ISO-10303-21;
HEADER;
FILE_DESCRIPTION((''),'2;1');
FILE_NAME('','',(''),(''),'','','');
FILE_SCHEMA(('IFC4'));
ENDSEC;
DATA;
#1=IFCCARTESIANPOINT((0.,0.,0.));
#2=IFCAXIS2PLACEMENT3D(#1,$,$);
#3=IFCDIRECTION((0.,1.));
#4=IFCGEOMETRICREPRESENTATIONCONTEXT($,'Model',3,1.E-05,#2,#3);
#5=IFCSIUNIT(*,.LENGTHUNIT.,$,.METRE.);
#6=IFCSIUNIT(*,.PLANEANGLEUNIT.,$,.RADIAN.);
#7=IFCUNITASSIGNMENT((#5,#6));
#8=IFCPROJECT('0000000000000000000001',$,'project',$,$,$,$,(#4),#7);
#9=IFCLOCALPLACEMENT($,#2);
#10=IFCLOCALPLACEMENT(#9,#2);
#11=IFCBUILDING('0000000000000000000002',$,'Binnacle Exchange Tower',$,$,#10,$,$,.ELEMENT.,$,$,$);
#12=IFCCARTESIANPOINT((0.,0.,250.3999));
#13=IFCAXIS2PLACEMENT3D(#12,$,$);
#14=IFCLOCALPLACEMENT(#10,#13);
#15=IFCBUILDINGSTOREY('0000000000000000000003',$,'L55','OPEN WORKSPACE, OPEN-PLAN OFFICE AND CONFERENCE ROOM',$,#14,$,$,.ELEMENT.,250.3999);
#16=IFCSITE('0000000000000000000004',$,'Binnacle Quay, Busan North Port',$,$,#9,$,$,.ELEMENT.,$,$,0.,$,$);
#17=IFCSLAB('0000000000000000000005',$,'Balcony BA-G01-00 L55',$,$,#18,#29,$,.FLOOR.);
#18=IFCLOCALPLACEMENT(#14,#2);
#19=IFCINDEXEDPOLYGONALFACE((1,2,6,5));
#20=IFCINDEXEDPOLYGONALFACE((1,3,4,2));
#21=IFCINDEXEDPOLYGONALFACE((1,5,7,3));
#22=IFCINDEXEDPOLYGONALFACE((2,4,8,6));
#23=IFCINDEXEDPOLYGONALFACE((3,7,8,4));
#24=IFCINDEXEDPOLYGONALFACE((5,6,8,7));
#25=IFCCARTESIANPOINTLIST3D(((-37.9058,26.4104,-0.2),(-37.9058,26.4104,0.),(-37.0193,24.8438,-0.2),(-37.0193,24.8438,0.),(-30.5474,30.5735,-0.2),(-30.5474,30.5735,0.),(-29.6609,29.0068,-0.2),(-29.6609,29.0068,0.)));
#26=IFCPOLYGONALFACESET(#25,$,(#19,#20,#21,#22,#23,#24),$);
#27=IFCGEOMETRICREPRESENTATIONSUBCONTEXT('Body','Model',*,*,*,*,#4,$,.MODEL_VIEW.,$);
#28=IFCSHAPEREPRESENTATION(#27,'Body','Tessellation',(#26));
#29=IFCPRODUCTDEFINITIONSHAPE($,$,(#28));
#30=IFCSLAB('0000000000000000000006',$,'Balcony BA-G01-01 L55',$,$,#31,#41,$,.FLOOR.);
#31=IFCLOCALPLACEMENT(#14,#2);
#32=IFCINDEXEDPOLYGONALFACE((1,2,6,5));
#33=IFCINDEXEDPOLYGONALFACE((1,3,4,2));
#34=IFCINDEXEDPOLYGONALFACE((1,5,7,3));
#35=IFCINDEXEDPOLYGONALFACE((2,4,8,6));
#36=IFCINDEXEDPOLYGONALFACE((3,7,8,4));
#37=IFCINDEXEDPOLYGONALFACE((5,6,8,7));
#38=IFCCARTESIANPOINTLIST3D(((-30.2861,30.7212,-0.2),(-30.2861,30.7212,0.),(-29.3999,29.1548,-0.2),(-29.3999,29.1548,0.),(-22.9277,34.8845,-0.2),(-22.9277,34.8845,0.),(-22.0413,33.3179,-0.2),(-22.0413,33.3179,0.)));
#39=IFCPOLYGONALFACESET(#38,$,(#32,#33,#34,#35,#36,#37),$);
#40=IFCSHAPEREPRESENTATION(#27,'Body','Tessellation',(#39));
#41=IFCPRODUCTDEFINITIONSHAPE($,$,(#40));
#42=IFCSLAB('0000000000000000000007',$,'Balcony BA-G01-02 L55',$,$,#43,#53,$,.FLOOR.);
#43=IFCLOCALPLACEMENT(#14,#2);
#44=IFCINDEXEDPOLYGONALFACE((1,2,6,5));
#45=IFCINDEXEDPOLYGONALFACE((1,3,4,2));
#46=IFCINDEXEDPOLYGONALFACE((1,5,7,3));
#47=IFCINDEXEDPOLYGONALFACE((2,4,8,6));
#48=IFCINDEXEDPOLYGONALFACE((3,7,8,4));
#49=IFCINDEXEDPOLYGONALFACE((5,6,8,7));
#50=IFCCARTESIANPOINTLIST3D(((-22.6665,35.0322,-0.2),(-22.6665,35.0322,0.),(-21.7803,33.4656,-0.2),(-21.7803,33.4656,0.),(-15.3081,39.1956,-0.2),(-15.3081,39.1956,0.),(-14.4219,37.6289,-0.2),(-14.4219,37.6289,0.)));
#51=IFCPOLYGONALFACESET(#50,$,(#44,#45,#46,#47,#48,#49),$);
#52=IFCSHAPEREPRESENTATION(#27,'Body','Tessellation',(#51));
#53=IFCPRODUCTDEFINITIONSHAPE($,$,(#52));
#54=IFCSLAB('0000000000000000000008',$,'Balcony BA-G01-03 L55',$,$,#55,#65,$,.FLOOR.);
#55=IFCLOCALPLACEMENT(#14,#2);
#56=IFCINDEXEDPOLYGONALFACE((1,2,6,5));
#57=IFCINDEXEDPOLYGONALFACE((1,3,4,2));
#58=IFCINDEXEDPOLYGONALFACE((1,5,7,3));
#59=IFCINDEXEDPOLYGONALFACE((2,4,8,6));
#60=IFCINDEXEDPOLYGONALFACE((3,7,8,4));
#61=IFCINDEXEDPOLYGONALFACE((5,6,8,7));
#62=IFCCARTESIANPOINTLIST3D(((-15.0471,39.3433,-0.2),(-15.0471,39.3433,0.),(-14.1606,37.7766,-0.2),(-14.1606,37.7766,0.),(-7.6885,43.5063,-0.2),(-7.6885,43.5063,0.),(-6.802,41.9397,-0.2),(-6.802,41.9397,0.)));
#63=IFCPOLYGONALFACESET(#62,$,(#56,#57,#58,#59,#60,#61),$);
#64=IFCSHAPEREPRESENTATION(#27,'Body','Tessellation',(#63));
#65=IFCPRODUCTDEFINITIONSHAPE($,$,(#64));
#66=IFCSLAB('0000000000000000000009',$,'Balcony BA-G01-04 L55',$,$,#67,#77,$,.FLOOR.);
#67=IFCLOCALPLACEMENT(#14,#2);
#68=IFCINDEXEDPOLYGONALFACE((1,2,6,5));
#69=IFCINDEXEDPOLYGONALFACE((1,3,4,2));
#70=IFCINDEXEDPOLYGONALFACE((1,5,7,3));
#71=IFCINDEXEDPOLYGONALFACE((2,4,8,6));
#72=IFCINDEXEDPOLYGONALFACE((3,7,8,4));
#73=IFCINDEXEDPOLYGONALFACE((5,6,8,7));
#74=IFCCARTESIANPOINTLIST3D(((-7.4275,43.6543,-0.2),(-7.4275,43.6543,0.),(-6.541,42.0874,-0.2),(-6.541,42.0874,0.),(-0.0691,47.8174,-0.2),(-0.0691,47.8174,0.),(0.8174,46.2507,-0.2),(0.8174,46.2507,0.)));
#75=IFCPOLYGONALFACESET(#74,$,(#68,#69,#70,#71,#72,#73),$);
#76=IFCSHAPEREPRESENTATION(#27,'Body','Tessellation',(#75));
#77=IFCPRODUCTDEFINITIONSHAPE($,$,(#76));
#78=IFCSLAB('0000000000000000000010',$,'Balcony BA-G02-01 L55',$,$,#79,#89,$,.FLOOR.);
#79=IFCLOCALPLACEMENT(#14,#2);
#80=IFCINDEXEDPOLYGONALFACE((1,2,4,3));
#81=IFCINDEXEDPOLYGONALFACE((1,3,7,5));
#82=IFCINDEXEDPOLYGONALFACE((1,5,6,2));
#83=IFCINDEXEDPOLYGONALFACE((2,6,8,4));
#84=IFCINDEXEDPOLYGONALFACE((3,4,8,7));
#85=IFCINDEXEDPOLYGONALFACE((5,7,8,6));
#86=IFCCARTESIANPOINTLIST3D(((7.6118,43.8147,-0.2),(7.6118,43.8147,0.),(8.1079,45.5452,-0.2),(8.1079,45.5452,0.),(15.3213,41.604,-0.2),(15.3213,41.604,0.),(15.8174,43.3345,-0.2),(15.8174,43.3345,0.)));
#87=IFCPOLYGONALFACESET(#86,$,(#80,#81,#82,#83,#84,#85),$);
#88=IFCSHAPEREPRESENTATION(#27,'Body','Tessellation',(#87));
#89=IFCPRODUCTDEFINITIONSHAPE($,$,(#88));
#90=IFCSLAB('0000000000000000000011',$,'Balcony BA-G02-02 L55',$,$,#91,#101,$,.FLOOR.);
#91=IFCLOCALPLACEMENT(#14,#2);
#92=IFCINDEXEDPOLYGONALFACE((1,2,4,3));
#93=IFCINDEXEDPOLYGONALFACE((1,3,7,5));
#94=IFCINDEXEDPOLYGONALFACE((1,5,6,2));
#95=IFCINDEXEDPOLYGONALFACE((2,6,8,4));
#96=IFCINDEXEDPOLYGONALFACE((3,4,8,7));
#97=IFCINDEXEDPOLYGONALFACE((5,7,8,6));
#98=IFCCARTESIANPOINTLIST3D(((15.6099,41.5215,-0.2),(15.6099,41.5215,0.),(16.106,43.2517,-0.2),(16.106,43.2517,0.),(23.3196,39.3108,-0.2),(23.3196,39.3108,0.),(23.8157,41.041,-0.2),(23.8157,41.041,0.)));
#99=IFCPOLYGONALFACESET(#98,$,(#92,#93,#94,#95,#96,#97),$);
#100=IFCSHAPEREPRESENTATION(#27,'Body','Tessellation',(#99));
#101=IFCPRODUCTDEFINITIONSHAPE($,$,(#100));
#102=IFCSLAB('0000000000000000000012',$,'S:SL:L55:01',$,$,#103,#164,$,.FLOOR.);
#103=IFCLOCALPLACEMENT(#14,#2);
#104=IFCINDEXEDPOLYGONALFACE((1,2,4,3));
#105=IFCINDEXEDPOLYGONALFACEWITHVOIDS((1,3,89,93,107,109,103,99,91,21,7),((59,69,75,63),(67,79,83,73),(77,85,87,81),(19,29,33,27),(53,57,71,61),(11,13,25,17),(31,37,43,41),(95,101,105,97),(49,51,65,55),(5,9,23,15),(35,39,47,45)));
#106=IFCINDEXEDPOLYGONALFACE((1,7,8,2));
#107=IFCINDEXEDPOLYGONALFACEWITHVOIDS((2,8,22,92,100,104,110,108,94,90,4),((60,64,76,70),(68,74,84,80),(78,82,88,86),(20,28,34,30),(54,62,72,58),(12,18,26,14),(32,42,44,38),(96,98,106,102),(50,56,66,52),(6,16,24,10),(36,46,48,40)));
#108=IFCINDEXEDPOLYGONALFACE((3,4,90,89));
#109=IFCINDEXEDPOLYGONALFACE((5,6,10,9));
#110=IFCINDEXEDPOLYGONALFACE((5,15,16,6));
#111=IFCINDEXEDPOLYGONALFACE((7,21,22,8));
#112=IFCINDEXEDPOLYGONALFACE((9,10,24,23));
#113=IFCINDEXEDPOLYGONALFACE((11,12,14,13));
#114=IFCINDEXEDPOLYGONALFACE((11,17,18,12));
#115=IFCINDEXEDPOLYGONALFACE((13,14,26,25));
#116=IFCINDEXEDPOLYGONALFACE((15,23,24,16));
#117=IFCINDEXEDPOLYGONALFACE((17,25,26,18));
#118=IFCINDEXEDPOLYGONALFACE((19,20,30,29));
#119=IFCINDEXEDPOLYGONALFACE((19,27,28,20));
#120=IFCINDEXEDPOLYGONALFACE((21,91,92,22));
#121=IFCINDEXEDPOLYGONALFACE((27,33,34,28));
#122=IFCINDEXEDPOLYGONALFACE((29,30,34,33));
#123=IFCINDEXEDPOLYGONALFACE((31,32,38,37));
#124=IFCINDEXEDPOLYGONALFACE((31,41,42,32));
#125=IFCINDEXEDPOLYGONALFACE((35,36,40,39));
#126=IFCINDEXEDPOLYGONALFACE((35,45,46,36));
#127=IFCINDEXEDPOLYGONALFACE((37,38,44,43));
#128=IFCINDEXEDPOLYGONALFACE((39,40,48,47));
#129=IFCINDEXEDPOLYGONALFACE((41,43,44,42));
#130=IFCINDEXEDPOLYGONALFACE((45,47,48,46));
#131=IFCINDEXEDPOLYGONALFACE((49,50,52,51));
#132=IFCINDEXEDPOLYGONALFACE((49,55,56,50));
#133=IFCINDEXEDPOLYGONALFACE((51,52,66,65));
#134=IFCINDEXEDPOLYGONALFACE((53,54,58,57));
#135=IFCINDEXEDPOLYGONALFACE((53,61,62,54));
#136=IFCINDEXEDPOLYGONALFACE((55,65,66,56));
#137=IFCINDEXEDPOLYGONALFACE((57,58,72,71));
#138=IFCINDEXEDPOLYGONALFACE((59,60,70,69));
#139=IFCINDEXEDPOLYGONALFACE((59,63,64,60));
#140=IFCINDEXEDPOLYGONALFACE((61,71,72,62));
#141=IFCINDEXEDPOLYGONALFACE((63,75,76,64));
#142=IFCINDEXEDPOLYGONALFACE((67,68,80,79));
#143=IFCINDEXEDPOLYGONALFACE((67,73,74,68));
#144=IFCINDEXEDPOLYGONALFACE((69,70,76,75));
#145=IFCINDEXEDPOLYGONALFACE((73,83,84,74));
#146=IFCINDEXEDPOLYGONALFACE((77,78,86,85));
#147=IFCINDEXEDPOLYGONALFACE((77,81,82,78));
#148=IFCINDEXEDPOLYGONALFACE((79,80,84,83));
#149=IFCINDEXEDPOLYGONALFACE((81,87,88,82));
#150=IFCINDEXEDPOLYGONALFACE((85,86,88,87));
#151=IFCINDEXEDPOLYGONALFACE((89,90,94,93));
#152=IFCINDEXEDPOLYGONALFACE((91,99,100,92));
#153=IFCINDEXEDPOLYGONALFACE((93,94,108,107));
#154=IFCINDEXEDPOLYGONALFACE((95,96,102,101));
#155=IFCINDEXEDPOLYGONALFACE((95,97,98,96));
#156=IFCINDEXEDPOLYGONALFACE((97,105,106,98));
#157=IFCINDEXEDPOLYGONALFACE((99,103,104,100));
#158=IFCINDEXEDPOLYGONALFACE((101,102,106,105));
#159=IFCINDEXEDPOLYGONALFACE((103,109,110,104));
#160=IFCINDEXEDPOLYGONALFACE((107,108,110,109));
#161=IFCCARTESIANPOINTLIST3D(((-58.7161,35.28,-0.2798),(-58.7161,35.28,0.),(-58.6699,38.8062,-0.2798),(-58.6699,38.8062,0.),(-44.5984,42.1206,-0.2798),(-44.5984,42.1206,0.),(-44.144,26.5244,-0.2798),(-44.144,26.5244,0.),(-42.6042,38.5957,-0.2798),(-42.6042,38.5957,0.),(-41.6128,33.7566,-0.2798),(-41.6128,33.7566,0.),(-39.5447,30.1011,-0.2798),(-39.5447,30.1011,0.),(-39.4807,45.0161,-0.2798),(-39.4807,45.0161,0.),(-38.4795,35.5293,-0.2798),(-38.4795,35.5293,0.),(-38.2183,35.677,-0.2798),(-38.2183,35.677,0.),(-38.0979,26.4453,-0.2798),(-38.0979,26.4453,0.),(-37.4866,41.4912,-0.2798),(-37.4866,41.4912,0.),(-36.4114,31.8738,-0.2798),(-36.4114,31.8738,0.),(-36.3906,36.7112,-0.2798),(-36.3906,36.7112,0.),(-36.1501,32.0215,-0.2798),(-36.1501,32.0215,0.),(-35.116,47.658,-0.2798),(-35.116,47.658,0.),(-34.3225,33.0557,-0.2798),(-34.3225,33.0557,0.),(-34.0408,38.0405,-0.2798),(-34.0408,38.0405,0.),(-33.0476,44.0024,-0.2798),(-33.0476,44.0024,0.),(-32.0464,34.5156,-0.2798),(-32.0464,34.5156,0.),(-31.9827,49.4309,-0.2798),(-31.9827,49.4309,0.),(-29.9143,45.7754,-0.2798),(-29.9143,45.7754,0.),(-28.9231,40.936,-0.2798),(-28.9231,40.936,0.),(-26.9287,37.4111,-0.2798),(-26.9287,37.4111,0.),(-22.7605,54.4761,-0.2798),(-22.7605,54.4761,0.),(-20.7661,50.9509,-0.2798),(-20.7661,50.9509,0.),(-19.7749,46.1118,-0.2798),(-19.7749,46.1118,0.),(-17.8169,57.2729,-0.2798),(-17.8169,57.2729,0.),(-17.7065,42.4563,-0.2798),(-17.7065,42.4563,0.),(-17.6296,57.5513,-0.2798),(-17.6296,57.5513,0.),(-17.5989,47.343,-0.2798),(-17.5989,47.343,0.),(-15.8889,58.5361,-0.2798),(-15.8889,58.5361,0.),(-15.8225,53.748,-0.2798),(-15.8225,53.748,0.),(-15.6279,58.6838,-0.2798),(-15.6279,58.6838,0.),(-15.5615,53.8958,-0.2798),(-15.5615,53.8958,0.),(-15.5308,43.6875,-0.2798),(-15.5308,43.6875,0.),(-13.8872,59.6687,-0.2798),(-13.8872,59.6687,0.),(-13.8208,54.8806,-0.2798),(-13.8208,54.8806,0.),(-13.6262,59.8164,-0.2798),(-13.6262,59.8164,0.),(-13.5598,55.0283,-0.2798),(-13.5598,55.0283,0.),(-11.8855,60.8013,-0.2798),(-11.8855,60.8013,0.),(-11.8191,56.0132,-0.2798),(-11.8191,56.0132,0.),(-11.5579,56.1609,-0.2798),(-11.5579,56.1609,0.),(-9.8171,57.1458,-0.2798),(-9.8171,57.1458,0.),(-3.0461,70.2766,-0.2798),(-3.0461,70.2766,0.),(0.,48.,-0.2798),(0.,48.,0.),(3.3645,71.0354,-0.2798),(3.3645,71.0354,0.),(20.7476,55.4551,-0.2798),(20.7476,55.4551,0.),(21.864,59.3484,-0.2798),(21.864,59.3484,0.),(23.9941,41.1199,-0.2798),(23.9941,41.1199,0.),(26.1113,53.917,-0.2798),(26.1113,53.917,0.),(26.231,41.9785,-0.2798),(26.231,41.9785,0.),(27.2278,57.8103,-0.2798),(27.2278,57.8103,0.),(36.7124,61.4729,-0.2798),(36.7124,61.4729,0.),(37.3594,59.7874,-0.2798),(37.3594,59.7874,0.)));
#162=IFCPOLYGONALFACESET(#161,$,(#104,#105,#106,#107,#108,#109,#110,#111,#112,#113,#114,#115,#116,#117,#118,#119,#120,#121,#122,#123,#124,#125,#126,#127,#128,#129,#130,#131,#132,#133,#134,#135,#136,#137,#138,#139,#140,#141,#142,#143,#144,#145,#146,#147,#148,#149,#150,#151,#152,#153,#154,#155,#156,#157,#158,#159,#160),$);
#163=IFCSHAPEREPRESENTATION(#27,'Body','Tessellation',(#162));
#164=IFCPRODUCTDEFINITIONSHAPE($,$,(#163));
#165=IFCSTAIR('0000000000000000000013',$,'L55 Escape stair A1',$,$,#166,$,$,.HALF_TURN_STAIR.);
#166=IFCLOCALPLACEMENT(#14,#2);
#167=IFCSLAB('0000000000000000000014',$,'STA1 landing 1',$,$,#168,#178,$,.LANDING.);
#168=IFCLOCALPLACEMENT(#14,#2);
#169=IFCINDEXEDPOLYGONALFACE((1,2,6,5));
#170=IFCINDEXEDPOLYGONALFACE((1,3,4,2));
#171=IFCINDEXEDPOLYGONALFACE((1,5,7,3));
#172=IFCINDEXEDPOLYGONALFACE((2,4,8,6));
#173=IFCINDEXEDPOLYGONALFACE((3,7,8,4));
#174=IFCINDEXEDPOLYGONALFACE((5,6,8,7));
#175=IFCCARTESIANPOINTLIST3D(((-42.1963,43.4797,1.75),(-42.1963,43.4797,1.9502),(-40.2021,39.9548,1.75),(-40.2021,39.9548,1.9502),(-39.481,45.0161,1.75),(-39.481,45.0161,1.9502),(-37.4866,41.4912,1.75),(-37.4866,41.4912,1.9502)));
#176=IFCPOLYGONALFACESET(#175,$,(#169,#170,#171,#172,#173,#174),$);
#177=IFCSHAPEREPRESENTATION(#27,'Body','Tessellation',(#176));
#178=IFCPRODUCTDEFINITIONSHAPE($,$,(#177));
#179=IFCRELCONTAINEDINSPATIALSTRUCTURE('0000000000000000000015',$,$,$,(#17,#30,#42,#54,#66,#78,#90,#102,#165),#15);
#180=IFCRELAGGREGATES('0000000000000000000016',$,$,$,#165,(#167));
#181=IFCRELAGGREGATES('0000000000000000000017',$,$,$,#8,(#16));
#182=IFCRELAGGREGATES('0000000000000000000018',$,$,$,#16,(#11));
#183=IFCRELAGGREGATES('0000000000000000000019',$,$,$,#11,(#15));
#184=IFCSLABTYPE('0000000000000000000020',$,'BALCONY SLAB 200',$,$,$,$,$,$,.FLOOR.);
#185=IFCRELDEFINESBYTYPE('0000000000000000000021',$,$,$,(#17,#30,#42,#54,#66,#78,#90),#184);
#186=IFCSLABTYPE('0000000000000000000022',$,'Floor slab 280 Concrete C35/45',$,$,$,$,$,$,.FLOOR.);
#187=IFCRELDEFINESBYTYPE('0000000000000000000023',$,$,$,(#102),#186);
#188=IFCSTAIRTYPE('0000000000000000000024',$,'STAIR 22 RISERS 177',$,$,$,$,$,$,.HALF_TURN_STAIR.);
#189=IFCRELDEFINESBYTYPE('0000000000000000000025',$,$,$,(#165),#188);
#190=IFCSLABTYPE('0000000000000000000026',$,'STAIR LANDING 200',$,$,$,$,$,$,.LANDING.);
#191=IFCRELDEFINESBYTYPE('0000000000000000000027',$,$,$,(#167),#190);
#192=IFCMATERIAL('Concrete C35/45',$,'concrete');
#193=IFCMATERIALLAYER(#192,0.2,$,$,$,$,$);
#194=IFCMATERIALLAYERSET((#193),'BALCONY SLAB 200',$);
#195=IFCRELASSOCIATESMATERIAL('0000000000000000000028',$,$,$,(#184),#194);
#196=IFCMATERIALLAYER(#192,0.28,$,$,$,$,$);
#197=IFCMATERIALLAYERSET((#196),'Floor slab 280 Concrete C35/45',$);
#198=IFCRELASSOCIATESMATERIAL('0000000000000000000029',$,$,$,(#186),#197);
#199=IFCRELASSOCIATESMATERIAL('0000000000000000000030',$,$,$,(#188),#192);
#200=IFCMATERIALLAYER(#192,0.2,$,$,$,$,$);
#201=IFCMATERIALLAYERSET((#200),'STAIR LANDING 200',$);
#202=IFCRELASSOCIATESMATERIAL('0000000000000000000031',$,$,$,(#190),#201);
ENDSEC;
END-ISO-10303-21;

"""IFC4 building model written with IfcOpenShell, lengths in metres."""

from ifc_helpers import new_model, si_unit, direction, frame, origin, place, context, subcontext, project, spatial, polyline, outline, extrude, material, layer, layer_set, type_object, element, aggregate, save


model = new_model("IFC4")

# Units and contexts
model_context = context("Model", 3, precision=1e-05, world=origin(), true_north=direction((0.0, 1.0)))
body_context = subcontext(model_context, "Body", "Model", "MODEL_VIEW")
ifc_project = project(units=[si_unit("LENGTHUNIT", "METRE"), si_unit("PLANEANGLEUNIT", "RADIAN")], contexts=[model_context])

# Site, building, storey
site_placement = place(None, origin())
site = spatial("IfcSite", under=ifc_project, at=site_placement, Name="Binnacle Quay, Busan North Port", CompositionType="ELEMENT", RefElevation=0.0)
building_placement = place(site_placement, origin())
building = spatial("IfcBuilding", under=site, at=building_placement, Name="Binnacle Exchange Tower", CompositionType="ELEMENT")
storey_placement = place(building_placement, frame((0.0, 0.0, 250.3999)))
storey = spatial("IfcBuildingStorey", under=building, at=storey_placement, Name="L55", Description="OPEN WORKSPACE, OPEN-PLAN OFFICE AND CONFERENCE ROOM", CompositionType="ELEMENT", Elevation=250.3999)

# Slabs
ifc_material_1 = material(Name="Concrete C35/45", Category="concrete")
ifc_layer_1 = layer(ifc_material_1, 0.2)
ifc_layer_set_1 = layer_set([ifc_layer_1], Name="BALCONY SLAB 200")
slab_type_1 = type_object("IfcSlabType", Name="BALCONY SLAB 200", PredefinedType="FLOOR", material=ifc_layer_set_1)
slab_1_placement = place(storey_placement, frame((0.0, 0.0, -0.2)))
element("IfcSlab", 1, at=slab_1_placement, inside=storey, type_object=slab_type_1, Name="Balcony BA-G01-00 L55", PredefinedType="FLOOR", context=body_context, shape_type="SweptSolid", body=[
    extrude(outline(polyline([(-37.9058, 26.4104), (-30.5474, 30.5735), (-29.6609, 29.0068), (-37.0193, 24.8438), (-37.9058, 26.4104)])), origin(), (0.0, 0.0, 1.0), 0.2),
])
slab_2_placement = place(storey_placement, frame((0.0, 0.0, -0.2)))
element("IfcSlab", 2, at=slab_2_placement, inside=storey, type_object=slab_type_1, Name="Balcony BA-G01-01 L55", PredefinedType="FLOOR", context=body_context, shape_type="SweptSolid", body=[
    extrude(outline(polyline([(-30.2861, 30.7212), (-22.9277, 34.8845), (-22.0413, 33.3179), (-29.3999, 29.1548), (-30.2861, 30.7212)])), origin(), (0.0, 0.0, 1.0), 0.2),
])
slab_3_placement = place(storey_placement, frame((0.0, 0.0, -0.2)))
element("IfcSlab", 3, at=slab_3_placement, inside=storey, type_object=slab_type_1, Name="Balcony BA-G01-02 L55", PredefinedType="FLOOR", context=body_context, shape_type="SweptSolid", body=[
    extrude(outline(polyline([(-22.6665, 35.0322), (-15.3081, 39.1956), (-14.4219, 37.6289), (-21.7803, 33.4656), (-22.6665, 35.0322)])), origin(), (0.0, 0.0, 1.0), 0.2),
])
slab_4_placement = place(storey_placement, frame((0.0, 0.0, -0.2)))
element("IfcSlab", 4, at=slab_4_placement, inside=storey, type_object=slab_type_1, Name="Balcony BA-G01-03 L55", PredefinedType="FLOOR", context=body_context, shape_type="SweptSolid", body=[
    extrude(outline(polyline([(-15.0471, 39.3433), (-7.6885, 43.5063), (-6.802, 41.9397), (-14.1606, 37.7766), (-15.0471, 39.3433)])), origin(), (0.0, 0.0, 1.0), 0.2),
])
slab_5_placement = place(storey_placement, frame((0.0, 0.0, -0.2)))
element("IfcSlab", 5, at=slab_5_placement, inside=storey, type_object=slab_type_1, Name="Balcony BA-G01-04 L55", PredefinedType="FLOOR", context=body_context, shape_type="SweptSolid", body=[
    extrude(outline(polyline([(-7.4275, 43.6543), (-0.0691, 47.8174), (0.8174, 46.2507), (-6.541, 42.0874), (-7.4275, 43.6543)])), origin(), (0.0, 0.0, 1.0), 0.2),
])
slab_6_placement = place(storey_placement, frame((0.0, 0.0, -0.2)))
element("IfcSlab", 6, at=slab_6_placement, inside=storey, type_object=slab_type_1, Name="Balcony BA-G02-01 L55", PredefinedType="FLOOR", context=body_context, shape_type="SweptSolid", body=[
    extrude(outline(polyline([(8.1079, 45.5452), (15.8174, 43.3345), (15.3213, 41.604), (7.6118, 43.8147), (8.1079, 45.5452)])), origin(), (0.0, 0.0, 1.0), 0.2),
])
slab_7_placement = place(storey_placement, frame((0.0, 0.0, -0.2)))
element("IfcSlab", 7, at=slab_7_placement, inside=storey, type_object=slab_type_1, Name="Balcony BA-G02-02 L55", PredefinedType="FLOOR", context=body_context, shape_type="SweptSolid", body=[
    extrude(outline(polyline([(16.106, 43.2517), (23.8157, 41.041), (23.3196, 39.3108), (15.6099, 41.5215), (16.106, 43.2517)])), origin(), (0.0, 0.0, 1.0), 0.2),
])
ifc_layer_2 = layer(ifc_material_1, 0.28)
ifc_layer_set_2 = layer_set([ifc_layer_2], Name="Floor slab 280 Concrete C35/45")
slab_type_2 = type_object("IfcSlabType", Name="Floor slab 280 Concrete C35/45", PredefinedType="FLOOR", material=ifc_layer_set_2)
slab_8_placement = place(storey_placement, frame((0.0, 0.0, -0.2798)))
element("IfcSlab", 8, at=slab_8_placement, inside=storey, type_object=slab_type_2, Name="S:SL:L55:01", PredefinedType="FLOOR", context=body_context, shape_type="SweptSolid", body=[
    extrude(outline(polyline([(-58.7161, 35.28), (-58.6699, 38.8062), (-3.0461, 70.2766), (3.3645, 71.0354), (36.7124, 61.4729), (37.3594, 59.7874), (26.231, 41.9785), (23.9941, 41.1199), (0.0, 48.0), (-38.0979, 26.4453), (-44.144, 26.5244), (-58.7161, 35.28)]), holes=[polyline([(-38.4795, 35.5293), (-41.6128, 33.7566), (-39.5447, 30.1011), (-36.4114, 31.8738), (-38.4795, 35.5293)]), polyline([(-36.3906, 36.7112), (-38.2183, 35.677), (-36.1501, 32.0215), (-34.3225, 33.0557), (-36.3906, 36.7112)]), polyline([(-32.0464, 34.5156), (-26.9287, 37.4111), (-28.9231, 40.936), (-34.0408, 38.0405), (-32.0464, 34.5156)]), polyline([(-37.4866, 41.4912), (-39.4807, 45.0161), (-44.5984, 42.1206), (-42.6042, 38.5957), (-37.4866, 41.4912)]), polyline([(-29.9143, 45.7754), (-31.9827, 49.4309), (-35.116, 47.658), (-33.0476, 44.0024), (-29.9143, 45.7754)]), polyline([(-17.8169, 57.2729), (-22.7605, 54.4761), (-20.7661, 50.9509), (-15.8225, 53.748), (-17.8169, 57.2729)]), polyline([(-15.5308, 43.6875), (-17.5989, 47.343), (-19.7749, 46.1118), (-17.7065, 42.4563), (-15.5308, 43.6875)]), polyline([(-13.8208, 54.8806), (-15.8889, 58.5361), (-17.6296, 57.5513), (-15.5615, 53.8958), (-13.8208, 54.8806)]), polyline([(27.2278, 57.8103), (21.864, 59.3484), (20.7476, 55.4551), (26.1113, 53.917), (27.2278, 57.8103)]), polyline([(-11.8191, 56.0132), (-13.8872, 59.6687), (-15.6279, 58.6838), (-13.5598, 55.0283), (-11.8191, 56.0132)]), polyline([(-9.8171, 57.1458), (-11.8855, 60.8013), (-13.6262, 59.8164), (-11.5579, 56.1609), (-9.8171, 57.1458)])]), origin(), (0.0, 0.0, 1.0), 0.2798),
])

# Stair, slab
stair_type = type_object("IfcStairType", Name="STAIR 22 RISERS 177", PredefinedType="HALF_TURN_STAIR", material=ifc_material_1)
stair_1_placement = place(storey_placement, origin())
stair_1 = element("IfcStair", 9, at=stair_1_placement, inside=storey, type_object=stair_type, Name="L55 Escape stair A1", PredefinedType="HALF_TURN_STAIR")
ifc_layer_3 = layer(ifc_material_1, 0.2)
ifc_layer_set_3 = layer_set([ifc_layer_3], Name="STAIR LANDING 200")
slab_type_3 = type_object("IfcSlabType", Name="STAIR LANDING 200", PredefinedType="LANDING", material=ifc_layer_set_3)
slab_9_placement = place(storey_placement, frame((0.0, 0.0, 1.75)))
slab_9 = element("IfcSlab", 10, at=slab_9_placement, type_object=slab_type_3, Name="STA1 landing 1", PredefinedType="LANDING", context=body_context, shape_type="SweptSolid", body=[
    extrude(outline(polyline([(-40.2021, 39.9548), (-37.4866, 41.4912), (-39.481, 45.0161), (-42.1963, 43.4797), (-40.2021, 39.9548)])), origin(), (0.0, 0.0, 1.0), 0.2002),
])
aggregate(stair_1, [slab_9])

save(model, "model.ifc")
